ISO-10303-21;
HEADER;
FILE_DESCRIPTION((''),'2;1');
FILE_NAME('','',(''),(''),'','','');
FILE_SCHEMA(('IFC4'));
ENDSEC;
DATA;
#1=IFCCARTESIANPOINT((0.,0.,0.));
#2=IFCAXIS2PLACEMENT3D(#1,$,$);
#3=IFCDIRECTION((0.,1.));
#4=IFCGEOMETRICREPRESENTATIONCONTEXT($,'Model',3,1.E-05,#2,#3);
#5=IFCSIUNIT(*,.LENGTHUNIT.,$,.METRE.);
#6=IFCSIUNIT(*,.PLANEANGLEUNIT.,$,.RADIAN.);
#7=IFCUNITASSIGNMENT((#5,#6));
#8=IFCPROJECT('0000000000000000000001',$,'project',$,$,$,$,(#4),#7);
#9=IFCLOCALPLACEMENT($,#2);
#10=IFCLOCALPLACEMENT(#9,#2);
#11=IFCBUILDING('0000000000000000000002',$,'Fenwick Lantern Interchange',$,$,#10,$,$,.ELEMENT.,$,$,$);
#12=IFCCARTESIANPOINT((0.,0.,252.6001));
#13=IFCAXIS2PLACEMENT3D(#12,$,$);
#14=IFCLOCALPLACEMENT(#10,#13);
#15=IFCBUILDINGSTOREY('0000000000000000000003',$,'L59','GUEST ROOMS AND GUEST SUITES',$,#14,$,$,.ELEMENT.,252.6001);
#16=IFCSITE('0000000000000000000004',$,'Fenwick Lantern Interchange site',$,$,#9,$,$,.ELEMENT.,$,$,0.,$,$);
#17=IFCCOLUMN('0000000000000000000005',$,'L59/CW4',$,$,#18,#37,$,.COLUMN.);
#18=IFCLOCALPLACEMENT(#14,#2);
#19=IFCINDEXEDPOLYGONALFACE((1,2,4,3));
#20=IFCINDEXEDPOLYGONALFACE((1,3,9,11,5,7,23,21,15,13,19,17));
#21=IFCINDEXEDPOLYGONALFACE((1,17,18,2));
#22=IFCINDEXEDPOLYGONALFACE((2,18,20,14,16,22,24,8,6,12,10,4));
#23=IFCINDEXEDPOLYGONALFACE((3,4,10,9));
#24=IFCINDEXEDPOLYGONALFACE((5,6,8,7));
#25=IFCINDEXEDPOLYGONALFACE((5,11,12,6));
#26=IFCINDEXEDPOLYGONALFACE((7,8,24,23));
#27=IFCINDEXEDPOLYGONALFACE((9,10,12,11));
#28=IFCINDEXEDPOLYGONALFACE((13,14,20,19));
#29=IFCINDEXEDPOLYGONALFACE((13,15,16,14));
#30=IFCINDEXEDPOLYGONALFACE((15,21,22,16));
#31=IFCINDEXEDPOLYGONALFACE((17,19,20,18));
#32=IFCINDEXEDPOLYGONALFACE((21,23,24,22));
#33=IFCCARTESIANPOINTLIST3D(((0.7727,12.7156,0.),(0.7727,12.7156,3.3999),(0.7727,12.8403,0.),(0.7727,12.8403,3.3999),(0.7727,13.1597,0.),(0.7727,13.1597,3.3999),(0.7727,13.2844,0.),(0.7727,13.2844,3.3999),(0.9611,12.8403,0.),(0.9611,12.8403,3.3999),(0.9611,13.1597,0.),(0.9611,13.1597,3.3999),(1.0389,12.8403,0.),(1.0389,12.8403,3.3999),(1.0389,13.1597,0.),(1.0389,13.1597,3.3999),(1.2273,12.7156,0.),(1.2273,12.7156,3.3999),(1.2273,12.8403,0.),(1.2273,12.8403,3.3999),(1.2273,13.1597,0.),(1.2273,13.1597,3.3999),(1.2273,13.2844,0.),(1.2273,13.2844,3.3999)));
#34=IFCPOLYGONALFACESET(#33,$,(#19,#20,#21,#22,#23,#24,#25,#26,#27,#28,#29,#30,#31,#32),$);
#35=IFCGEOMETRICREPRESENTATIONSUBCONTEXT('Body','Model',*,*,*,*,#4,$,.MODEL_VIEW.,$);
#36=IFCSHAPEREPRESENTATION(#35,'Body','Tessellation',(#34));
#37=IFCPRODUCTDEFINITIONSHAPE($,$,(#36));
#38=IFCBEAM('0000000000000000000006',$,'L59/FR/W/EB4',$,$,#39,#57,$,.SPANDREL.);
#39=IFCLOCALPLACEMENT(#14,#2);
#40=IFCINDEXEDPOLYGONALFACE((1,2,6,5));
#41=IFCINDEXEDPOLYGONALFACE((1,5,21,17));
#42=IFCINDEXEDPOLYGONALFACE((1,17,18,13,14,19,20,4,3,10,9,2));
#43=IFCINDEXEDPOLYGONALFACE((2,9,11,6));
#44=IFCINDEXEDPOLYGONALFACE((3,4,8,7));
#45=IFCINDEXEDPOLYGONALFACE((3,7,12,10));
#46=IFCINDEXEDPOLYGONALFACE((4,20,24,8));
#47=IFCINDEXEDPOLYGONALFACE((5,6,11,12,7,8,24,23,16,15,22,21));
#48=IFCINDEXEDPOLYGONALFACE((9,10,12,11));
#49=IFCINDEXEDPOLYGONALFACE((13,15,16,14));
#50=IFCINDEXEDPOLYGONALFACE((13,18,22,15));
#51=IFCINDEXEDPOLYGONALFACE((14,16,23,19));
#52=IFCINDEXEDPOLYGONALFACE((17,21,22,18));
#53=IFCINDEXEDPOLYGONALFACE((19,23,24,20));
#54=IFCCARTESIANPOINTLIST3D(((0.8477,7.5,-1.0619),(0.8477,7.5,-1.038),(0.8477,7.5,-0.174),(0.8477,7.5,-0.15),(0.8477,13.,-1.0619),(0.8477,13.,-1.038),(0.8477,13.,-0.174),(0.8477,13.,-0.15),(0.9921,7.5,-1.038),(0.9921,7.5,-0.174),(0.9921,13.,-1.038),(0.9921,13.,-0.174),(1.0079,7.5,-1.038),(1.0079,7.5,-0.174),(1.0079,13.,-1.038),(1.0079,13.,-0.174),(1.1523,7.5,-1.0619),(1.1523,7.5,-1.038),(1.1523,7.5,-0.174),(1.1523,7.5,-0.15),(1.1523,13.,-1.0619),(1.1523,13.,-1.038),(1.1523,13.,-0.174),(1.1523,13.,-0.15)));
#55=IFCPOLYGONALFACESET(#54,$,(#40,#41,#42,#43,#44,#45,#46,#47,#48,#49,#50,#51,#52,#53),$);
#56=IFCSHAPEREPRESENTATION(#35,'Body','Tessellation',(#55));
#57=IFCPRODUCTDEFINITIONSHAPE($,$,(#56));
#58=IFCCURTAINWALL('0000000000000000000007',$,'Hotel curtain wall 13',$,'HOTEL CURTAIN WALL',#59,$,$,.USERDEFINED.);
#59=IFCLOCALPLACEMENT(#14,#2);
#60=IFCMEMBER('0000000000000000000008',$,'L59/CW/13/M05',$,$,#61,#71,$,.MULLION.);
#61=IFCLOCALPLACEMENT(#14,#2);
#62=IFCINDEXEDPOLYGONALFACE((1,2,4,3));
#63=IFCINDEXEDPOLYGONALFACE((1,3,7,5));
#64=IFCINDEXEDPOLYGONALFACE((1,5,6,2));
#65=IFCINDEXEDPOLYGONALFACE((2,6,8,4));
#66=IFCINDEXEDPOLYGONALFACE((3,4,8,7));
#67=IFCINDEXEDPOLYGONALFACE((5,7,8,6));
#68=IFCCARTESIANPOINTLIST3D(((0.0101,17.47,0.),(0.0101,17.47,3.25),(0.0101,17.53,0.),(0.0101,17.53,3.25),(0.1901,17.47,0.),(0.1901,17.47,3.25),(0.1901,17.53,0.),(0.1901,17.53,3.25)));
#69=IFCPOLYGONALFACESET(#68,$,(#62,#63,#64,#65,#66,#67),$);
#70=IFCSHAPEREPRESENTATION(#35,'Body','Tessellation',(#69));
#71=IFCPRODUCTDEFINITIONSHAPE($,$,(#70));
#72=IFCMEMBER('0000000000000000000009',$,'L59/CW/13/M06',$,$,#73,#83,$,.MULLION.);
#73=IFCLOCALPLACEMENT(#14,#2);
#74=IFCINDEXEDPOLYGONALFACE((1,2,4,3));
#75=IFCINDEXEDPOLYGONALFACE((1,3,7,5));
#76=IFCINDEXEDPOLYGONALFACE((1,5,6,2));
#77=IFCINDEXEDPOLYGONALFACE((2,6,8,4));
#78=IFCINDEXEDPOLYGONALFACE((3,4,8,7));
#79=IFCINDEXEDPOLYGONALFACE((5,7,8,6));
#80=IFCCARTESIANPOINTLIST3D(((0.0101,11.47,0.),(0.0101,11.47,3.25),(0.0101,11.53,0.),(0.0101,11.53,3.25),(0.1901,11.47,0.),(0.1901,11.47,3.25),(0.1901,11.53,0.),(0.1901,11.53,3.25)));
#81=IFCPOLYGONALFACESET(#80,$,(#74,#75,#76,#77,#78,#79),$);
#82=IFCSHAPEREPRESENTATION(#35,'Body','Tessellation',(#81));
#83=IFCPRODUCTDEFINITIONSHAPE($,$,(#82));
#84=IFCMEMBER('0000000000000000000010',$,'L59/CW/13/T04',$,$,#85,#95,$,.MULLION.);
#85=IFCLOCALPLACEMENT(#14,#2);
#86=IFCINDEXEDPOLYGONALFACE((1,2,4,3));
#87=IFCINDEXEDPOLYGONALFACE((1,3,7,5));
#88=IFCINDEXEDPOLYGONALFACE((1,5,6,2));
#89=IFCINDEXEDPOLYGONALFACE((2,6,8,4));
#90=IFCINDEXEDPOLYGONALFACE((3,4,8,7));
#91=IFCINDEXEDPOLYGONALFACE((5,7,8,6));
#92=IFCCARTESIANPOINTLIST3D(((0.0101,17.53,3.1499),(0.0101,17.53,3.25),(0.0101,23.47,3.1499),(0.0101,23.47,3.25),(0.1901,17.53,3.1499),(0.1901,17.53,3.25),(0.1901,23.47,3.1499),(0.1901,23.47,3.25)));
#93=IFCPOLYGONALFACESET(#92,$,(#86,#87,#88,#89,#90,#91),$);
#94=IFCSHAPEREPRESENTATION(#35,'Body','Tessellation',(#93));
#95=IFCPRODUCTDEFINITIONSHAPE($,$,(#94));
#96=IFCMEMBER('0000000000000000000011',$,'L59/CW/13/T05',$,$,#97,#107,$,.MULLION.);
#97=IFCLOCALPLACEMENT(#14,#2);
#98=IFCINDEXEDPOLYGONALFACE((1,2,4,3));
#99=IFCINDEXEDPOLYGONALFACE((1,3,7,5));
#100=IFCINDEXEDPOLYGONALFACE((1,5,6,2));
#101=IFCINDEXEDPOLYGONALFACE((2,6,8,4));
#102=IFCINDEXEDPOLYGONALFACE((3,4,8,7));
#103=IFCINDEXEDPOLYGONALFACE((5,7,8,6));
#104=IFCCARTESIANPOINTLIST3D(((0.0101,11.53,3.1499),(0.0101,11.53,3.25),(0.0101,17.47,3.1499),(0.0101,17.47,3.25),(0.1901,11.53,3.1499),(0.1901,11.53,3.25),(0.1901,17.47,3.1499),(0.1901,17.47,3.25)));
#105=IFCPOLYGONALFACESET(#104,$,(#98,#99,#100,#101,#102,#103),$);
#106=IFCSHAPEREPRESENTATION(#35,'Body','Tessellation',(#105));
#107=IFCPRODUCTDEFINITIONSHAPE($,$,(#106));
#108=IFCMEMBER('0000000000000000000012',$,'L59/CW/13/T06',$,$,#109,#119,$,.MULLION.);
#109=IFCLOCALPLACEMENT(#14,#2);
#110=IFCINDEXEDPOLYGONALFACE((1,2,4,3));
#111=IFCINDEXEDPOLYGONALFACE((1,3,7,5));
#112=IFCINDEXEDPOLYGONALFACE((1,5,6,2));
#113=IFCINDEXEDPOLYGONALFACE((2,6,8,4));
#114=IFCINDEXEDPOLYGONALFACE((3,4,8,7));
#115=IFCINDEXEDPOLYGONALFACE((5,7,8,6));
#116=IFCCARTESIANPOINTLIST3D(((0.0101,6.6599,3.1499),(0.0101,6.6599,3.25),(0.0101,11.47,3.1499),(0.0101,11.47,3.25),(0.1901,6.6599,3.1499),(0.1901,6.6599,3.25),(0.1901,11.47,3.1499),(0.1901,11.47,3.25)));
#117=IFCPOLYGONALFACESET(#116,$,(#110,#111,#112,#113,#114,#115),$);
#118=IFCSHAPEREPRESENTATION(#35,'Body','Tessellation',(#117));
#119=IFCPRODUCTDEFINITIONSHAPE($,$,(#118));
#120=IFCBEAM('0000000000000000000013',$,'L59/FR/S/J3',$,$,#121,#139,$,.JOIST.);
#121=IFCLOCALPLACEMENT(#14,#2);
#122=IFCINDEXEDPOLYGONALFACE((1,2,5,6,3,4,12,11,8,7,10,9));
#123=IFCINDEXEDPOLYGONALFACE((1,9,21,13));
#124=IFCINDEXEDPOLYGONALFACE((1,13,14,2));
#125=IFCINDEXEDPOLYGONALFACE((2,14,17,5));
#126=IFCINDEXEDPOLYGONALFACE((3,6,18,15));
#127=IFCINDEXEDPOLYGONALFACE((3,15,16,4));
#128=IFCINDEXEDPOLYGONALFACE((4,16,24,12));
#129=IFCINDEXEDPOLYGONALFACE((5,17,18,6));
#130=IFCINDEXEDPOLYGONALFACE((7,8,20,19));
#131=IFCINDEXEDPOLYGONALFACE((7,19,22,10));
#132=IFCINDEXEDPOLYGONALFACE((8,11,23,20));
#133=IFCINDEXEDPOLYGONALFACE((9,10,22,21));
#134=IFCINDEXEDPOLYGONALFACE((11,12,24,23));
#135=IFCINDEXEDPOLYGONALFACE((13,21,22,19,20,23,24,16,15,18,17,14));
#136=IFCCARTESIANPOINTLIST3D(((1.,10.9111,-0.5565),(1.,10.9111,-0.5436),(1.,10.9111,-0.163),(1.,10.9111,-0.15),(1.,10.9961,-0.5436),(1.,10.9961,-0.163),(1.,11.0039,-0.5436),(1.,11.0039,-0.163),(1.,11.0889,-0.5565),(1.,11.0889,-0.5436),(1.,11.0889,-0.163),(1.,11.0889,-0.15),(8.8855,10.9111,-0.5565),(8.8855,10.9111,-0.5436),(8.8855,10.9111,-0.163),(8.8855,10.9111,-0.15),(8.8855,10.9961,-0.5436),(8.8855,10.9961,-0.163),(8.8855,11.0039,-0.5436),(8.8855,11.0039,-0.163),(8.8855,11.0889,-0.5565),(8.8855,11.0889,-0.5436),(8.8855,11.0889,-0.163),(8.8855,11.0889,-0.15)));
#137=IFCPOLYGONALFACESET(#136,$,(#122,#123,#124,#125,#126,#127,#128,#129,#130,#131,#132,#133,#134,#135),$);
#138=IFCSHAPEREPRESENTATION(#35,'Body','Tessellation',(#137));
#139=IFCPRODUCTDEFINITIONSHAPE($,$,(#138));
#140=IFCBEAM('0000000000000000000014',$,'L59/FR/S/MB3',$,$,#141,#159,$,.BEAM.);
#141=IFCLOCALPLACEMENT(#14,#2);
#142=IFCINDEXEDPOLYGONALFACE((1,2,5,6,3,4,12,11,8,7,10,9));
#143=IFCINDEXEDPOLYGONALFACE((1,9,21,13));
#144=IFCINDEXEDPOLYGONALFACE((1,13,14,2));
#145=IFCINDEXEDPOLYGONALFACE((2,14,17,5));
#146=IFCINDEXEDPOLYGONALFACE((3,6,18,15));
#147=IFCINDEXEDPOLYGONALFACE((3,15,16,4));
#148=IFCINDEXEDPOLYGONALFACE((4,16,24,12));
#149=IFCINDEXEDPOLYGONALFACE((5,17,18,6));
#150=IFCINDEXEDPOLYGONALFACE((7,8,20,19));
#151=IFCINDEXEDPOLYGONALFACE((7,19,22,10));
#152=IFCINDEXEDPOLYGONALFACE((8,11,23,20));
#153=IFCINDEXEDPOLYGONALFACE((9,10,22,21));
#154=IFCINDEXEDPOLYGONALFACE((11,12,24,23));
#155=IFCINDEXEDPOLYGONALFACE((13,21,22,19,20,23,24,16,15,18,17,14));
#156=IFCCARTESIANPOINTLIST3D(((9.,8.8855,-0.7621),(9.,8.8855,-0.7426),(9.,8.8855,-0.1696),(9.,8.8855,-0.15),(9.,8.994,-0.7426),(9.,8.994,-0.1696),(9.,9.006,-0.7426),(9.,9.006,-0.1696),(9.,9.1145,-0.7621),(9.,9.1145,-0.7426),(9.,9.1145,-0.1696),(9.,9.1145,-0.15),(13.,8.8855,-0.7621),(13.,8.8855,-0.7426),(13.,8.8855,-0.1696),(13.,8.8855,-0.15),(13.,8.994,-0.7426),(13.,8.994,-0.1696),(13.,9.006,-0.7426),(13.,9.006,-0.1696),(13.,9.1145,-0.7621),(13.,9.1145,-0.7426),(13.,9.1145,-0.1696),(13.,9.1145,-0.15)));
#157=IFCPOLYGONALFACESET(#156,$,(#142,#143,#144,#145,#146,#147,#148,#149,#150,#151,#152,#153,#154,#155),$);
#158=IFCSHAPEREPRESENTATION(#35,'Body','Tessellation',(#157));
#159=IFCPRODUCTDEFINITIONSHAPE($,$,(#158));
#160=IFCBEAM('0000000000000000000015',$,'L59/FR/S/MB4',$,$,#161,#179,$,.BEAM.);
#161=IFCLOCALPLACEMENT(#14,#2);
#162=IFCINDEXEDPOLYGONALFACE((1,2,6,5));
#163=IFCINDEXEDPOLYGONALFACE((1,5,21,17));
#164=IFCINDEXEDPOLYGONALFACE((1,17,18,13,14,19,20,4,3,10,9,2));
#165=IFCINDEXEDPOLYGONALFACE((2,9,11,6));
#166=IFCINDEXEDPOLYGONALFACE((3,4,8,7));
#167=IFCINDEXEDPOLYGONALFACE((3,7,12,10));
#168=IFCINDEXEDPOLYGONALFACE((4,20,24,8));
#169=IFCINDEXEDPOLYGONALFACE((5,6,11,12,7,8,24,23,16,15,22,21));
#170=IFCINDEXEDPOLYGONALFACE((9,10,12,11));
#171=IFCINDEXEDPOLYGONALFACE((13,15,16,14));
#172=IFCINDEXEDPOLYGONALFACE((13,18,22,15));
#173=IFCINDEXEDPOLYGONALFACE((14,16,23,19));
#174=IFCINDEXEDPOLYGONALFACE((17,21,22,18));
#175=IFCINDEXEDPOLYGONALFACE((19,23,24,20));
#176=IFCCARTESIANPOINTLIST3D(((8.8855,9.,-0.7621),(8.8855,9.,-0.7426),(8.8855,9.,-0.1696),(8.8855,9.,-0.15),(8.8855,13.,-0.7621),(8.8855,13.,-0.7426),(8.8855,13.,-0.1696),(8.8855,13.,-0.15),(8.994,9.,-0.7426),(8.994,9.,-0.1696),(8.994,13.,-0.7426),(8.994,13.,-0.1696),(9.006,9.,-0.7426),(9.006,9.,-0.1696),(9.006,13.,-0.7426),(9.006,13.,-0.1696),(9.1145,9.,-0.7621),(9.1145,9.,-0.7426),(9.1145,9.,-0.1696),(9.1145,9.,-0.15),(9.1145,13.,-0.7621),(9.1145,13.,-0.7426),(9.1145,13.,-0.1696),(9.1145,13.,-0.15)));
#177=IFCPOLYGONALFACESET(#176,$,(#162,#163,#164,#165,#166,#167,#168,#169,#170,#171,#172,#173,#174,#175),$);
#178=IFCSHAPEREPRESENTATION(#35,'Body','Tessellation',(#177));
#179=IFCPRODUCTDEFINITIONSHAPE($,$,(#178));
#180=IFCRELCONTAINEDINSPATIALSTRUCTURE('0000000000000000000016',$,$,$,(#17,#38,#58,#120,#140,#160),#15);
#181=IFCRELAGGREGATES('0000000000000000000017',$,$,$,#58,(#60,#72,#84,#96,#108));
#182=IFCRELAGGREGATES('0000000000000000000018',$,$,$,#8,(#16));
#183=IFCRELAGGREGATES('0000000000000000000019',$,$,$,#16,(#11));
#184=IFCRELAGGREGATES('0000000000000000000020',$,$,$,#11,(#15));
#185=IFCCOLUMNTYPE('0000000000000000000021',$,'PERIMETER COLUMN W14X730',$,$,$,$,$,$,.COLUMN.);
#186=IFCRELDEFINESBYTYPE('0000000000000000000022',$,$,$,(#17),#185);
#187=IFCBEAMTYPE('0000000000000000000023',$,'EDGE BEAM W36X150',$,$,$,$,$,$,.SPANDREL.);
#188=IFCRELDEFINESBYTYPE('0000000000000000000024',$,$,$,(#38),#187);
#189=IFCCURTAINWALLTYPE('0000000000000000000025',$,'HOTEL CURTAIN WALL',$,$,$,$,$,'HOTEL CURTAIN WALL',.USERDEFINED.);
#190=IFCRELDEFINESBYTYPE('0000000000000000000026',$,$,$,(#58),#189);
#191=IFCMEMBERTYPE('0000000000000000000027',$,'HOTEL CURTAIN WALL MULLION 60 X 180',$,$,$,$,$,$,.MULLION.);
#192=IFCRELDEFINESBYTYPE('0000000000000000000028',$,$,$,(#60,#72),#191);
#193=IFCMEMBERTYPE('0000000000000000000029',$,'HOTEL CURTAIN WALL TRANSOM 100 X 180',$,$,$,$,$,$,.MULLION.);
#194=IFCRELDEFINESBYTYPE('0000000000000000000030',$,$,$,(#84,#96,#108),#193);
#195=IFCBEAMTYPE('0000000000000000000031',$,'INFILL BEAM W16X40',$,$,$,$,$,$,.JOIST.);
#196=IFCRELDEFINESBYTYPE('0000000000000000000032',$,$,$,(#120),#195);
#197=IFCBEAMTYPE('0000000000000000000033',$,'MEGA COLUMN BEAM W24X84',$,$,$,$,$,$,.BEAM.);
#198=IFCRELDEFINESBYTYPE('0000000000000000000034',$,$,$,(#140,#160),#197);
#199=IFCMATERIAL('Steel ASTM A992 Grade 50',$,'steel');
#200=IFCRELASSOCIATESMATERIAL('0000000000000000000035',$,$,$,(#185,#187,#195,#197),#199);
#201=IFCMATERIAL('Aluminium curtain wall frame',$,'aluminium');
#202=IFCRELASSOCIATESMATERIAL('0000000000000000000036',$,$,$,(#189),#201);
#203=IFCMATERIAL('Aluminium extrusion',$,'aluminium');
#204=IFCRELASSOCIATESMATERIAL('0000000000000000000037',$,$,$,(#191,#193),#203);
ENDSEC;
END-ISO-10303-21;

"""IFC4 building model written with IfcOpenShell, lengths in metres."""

from ifc_helpers import new_model, si_unit, direction, frame, origin, origin_2d, place, context, subcontext, project, spatial, rectangle, i_section, extrude, material, material_profile, profile_set, type_object, element, aggregate, save


model = new_model("IFC4")

# Units and contexts
model_context = context("Model", 3, precision=1e-05, world=origin(), true_north=direction((0.0, 1.0)))
body_context = subcontext(model_context, "Body", "Model", "MODEL_VIEW")
ifc_project = project(units=[si_unit("LENGTHUNIT", "METRE"), si_unit("PLANEANGLEUNIT", "RADIAN")], contexts=[model_context])

# Site, building, storey
site_placement = place(None, origin())
site = spatial("IfcSite", under=ifc_project, at=site_placement, Name="Fenwick Lantern Interchange site", CompositionType="ELEMENT", RefElevation=0.0)
building_placement = place(site_placement, origin())
building = spatial("IfcBuilding", under=site, at=building_placement, Name="Fenwick Lantern Interchange", CompositionType="ELEMENT")
storey_placement = place(building_placement, frame((0.0, 0.0, 252.6001)))
storey = spatial("IfcBuildingStorey", under=building, at=storey_placement, Name="L59", Description="GUEST ROOMS AND GUEST SUITES", CompositionType="ELEMENT", Elevation=252.6001)

# Column
ifc_material_1 = material(Name="Steel ASTM A992 Grade 50", Category="steel")
ifc_material_profile_1 = material_profile(ifc_material_1, i_section(OverallWidth=0.4546, OverallDepth=0.5688, WebThickness=0.0779, FlangeThickness=0.1248, at=origin_2d()), Name="W14X730")
ifc_profile_set_1 = profile_set([ifc_material_profile_1], Name="Steel ASTM A992 Grade 50")
column_type = type_object("IfcColumnType", Name="PERIMETER COLUMN W14X730", PredefinedType="COLUMN", material=ifc_profile_set_1)
column_placement = place(storey_placement, frame((1.0, 13.0, 0.0), z_axis=(0.0, 0.0, 1.0), x_axis=(1.0, 0.0, 0.0)))
element("IfcColumn", 1, at=column_placement, inside=storey, type_object=column_type, Name="L59/CW4", PredefinedType="COLUMN", context=body_context, shape_type="SweptSolid", body=[
    extrude(i_section(OverallWidth=0.4546, OverallDepth=0.5688, WebThickness=0.0779, FlangeThickness=0.1248, at=origin_2d()), origin(), (0.0, 0.0, 1.0), 3.3999),
])

# Beam
ifc_material_profile_2 = material_profile(ifc_material_1, i_section(OverallWidth=0.3047, OverallDepth=0.9119, WebThickness=0.0159, FlangeThickness=0.0239, at=origin_2d()), Name="W36X150")
ifc_profile_set_2 = profile_set([ifc_material_profile_2], Name="Steel ASTM A992 Grade 50")
beam_type_1 = type_object("IfcBeamType", Name="EDGE BEAM W36X150", PredefinedType="SPANDREL", material=ifc_profile_set_2)
beam_1_placement = place(storey_placement, frame((1.0, 13.0, -0.606), z_axis=(0.0, -1.0, 0.0), x_axis=(1.0, 0.0, 0.0)))
element("IfcBeam", 2, at=beam_1_placement, inside=storey, type_object=beam_type_1, Name="L59/FR/W/EB4", PredefinedType="SPANDREL", context=body_context, shape_type="SweptSolid", body=[
    extrude(i_section(OverallWidth=0.3047, OverallDepth=0.9119, WebThickness=0.0159, FlangeThickness=0.0239, at=origin_2d()), origin(), (0.0, 0.0, 1.0), 5.5),
])

# Curtain wall, members
ifc_material_2 = material(Name="Aluminium curtain wall frame", Category="aluminium")
curtain_wall_type = type_object("IfcCurtainWallType", Name="HOTEL CURTAIN WALL", ElementType="HOTEL CURTAIN WALL", PredefinedType="USERDEFINED", material=ifc_material_2)
curtain_wall_placement = place(storey_placement, origin())
curtain_wall = element("IfcCurtainWall", 3, at=curtain_wall_placement, inside=storey, type_object=curtain_wall_type, Name="Hotel curtain wall 13", ObjectType="HOTEL CURTAIN WALL", PredefinedType="USERDEFINED")
ifc_material_3 = material(Name="Aluminium extrusion", Category="aluminium")
ifc_material_profile_3 = material_profile(ifc_material_3, rectangle(XDim=0.1799, YDim=0.0601, at=origin_2d()), Name="HOTEL CURTAIN WALL MULLION 60 X 180")
ifc_profile_set_3 = profile_set([ifc_material_profile_3], Name="Aluminium extrusion")
member_type_1 = type_object("IfcMemberType", Name="HOTEL CURTAIN WALL MULLION 60 X 180", PredefinedType="MULLION", material=ifc_profile_set_3)
member_1_placement = place(storey_placement, frame((0.1001, 17.5, 0.0), z_axis=(0.0, 0.0, 1.0), x_axis=(1.0, 0.0, 0.0)))
member_1 = element("IfcMember", 4, at=member_1_placement, type_object=member_type_1, Name="L59/CW/13/M05", PredefinedType="MULLION", context=body_context, shape_type="SweptSolid", body=[
    extrude(rectangle(XDim=0.1799, YDim=0.0601, at=origin_2d()), origin(), (0.0, 0.0, 1.0), 3.25),
])
member_2_placement = place(storey_placement, frame((0.1001, 11.5, 0.0), z_axis=(0.0, 0.0, 1.0), x_axis=(1.0, 0.0, 0.0)))
member_2 = element("IfcMember", 5, at=member_2_placement, type_object=member_type_1, Name="L59/CW/13/M06", PredefinedType="MULLION", context=body_context, shape_type="SweptSolid", body=[
    extrude(rectangle(XDim=0.1799, YDim=0.0601, at=origin_2d()), origin(), (0.0, 0.0, 1.0), 3.25),
])
ifc_material_profile_4 = material_profile(ifc_material_3, rectangle(XDim=0.1799, YDim=0.1001, at=origin_2d()), Name="HOTEL CURTAIN WALL TRANSOM 100 X 180")
ifc_profile_set_4 = profile_set([ifc_material_profile_4], Name="Aluminium extrusion")
member_type_2 = type_object("IfcMemberType", Name="HOTEL CURTAIN WALL TRANSOM 100 X 180", PredefinedType="MULLION", material=ifc_profile_set_4)
member_3_placement = place(storey_placement, frame((0.1001, 23.47, 3.2), z_axis=(0.0, -1.0, 0.0), x_axis=(1.0, 0.0, 0.0)))
member_3 = element("IfcMember", 6, at=member_3_placement, type_object=member_type_2, Name="L59/CW/13/T04", PredefinedType="MULLION", context=body_context, shape_type="SweptSolid", body=[
    extrude(rectangle(XDim=0.1799, YDim=0.1001, at=origin_2d()), origin(), (0.0, 0.0, 1.0), 5.9399),
])
member_4_placement = place(storey_placement, frame((0.1001, 17.47, 3.2), z_axis=(0.0, -1.0, 0.0), x_axis=(1.0, 0.0, 0.0)))
member_4 = element("IfcMember", 7, at=member_4_placement, type_object=member_type_2, Name="L59/CW/13/T05", PredefinedType="MULLION", context=body_context, shape_type="SweptSolid", body=[
    extrude(rectangle(XDim=0.1799, YDim=0.1001, at=origin_2d()), origin(), (0.0, 0.0, 1.0), 5.9399),
])
member_5_placement = place(storey_placement, frame((0.1001, 11.47, 3.2), z_axis=(0.0, -1.0, 0.0), x_axis=(1.0, 0.0, 0.0)))
member_5 = element("IfcMember", 8, at=member_5_placement, type_object=member_type_2, Name="L59/CW/13/T06", PredefinedType="MULLION", context=body_context, shape_type="SweptSolid", body=[
    extrude(rectangle(XDim=0.1799, YDim=0.1001, at=origin_2d()), origin(), (0.0, 0.0, 1.0), 4.8101),
])

# Beams
ifc_material_profile_5 = material_profile(ifc_material_1, i_section(OverallWidth=0.1777, OverallDepth=0.4065, WebThickness=0.0078, FlangeThickness=0.0129, at=origin_2d()), Name="W16X40")
ifc_profile_set_5 = profile_set([ifc_material_profile_5], Name="Steel ASTM A992 Grade 50")
beam_type_2 = type_object("IfcBeamType", Name="INFILL BEAM W16X40", PredefinedType="JOIST", material=ifc_profile_set_5)
beam_2_placement = place(storey_placement, frame((1.0, 11.0, -0.3533), z_axis=(1.0, 0.0, 0.0), x_axis=(0.0, 1.0, 0.0)))
element("IfcBeam", 9, at=beam_2_placement, inside=storey, type_object=beam_type_2, Name="L59/FR/S/J3", PredefinedType="JOIST", context=body_context, shape_type="SweptSolid", body=[
    extrude(i_section(OverallWidth=0.1777, OverallDepth=0.4065, WebThickness=0.0078, FlangeThickness=0.0129, at=origin_2d()), origin(), (0.0, 0.0, 1.0), 7.8855),
])
ifc_material_profile_6 = material_profile(ifc_material_1, i_section(OverallWidth=0.229, OverallDepth=0.6121, WebThickness=0.012, FlangeThickness=0.0195, at=origin_2d()), Name="W24X84")
ifc_profile_set_6 = profile_set([ifc_material_profile_6], Name="Steel ASTM A992 Grade 50")
beam_type_3 = type_object("IfcBeamType", Name="MEGA COLUMN BEAM W24X84", PredefinedType="BEAM", material=ifc_profile_set_6)
for number, where, z_axis, x_axis, name in (
    (10, (9.0, 9.0, -0.4561), (1.0, 0.0, 0.0), (0.0, 1.0, 0.0), "L59/FR/S/MB3"),
    (11, (9.0, 9.0, -0.4561), (0.0, 1.0, 0.0), (-1.0, 0.0, 0.0), "L59/FR/S/MB4"),
):
    element("IfcBeam", number, at=place(storey_placement, frame(where, z_axis=z_axis, x_axis=x_axis)), inside=storey, type_object=beam_type_3, Name=name, PredefinedType="BEAM", context=body_context, shape_type="SweptSolid", body=[
        extrude(i_section(OverallWidth=0.229, OverallDepth=0.6121, WebThickness=0.012, FlangeThickness=0.0195, at=origin_2d()), origin(), (0.0, 0.0, 1.0), 4.0),
    ])

aggregate(curtain_wall, [member_1, member_2, member_3, member_4, member_5])

save(model, "model.ifc")
